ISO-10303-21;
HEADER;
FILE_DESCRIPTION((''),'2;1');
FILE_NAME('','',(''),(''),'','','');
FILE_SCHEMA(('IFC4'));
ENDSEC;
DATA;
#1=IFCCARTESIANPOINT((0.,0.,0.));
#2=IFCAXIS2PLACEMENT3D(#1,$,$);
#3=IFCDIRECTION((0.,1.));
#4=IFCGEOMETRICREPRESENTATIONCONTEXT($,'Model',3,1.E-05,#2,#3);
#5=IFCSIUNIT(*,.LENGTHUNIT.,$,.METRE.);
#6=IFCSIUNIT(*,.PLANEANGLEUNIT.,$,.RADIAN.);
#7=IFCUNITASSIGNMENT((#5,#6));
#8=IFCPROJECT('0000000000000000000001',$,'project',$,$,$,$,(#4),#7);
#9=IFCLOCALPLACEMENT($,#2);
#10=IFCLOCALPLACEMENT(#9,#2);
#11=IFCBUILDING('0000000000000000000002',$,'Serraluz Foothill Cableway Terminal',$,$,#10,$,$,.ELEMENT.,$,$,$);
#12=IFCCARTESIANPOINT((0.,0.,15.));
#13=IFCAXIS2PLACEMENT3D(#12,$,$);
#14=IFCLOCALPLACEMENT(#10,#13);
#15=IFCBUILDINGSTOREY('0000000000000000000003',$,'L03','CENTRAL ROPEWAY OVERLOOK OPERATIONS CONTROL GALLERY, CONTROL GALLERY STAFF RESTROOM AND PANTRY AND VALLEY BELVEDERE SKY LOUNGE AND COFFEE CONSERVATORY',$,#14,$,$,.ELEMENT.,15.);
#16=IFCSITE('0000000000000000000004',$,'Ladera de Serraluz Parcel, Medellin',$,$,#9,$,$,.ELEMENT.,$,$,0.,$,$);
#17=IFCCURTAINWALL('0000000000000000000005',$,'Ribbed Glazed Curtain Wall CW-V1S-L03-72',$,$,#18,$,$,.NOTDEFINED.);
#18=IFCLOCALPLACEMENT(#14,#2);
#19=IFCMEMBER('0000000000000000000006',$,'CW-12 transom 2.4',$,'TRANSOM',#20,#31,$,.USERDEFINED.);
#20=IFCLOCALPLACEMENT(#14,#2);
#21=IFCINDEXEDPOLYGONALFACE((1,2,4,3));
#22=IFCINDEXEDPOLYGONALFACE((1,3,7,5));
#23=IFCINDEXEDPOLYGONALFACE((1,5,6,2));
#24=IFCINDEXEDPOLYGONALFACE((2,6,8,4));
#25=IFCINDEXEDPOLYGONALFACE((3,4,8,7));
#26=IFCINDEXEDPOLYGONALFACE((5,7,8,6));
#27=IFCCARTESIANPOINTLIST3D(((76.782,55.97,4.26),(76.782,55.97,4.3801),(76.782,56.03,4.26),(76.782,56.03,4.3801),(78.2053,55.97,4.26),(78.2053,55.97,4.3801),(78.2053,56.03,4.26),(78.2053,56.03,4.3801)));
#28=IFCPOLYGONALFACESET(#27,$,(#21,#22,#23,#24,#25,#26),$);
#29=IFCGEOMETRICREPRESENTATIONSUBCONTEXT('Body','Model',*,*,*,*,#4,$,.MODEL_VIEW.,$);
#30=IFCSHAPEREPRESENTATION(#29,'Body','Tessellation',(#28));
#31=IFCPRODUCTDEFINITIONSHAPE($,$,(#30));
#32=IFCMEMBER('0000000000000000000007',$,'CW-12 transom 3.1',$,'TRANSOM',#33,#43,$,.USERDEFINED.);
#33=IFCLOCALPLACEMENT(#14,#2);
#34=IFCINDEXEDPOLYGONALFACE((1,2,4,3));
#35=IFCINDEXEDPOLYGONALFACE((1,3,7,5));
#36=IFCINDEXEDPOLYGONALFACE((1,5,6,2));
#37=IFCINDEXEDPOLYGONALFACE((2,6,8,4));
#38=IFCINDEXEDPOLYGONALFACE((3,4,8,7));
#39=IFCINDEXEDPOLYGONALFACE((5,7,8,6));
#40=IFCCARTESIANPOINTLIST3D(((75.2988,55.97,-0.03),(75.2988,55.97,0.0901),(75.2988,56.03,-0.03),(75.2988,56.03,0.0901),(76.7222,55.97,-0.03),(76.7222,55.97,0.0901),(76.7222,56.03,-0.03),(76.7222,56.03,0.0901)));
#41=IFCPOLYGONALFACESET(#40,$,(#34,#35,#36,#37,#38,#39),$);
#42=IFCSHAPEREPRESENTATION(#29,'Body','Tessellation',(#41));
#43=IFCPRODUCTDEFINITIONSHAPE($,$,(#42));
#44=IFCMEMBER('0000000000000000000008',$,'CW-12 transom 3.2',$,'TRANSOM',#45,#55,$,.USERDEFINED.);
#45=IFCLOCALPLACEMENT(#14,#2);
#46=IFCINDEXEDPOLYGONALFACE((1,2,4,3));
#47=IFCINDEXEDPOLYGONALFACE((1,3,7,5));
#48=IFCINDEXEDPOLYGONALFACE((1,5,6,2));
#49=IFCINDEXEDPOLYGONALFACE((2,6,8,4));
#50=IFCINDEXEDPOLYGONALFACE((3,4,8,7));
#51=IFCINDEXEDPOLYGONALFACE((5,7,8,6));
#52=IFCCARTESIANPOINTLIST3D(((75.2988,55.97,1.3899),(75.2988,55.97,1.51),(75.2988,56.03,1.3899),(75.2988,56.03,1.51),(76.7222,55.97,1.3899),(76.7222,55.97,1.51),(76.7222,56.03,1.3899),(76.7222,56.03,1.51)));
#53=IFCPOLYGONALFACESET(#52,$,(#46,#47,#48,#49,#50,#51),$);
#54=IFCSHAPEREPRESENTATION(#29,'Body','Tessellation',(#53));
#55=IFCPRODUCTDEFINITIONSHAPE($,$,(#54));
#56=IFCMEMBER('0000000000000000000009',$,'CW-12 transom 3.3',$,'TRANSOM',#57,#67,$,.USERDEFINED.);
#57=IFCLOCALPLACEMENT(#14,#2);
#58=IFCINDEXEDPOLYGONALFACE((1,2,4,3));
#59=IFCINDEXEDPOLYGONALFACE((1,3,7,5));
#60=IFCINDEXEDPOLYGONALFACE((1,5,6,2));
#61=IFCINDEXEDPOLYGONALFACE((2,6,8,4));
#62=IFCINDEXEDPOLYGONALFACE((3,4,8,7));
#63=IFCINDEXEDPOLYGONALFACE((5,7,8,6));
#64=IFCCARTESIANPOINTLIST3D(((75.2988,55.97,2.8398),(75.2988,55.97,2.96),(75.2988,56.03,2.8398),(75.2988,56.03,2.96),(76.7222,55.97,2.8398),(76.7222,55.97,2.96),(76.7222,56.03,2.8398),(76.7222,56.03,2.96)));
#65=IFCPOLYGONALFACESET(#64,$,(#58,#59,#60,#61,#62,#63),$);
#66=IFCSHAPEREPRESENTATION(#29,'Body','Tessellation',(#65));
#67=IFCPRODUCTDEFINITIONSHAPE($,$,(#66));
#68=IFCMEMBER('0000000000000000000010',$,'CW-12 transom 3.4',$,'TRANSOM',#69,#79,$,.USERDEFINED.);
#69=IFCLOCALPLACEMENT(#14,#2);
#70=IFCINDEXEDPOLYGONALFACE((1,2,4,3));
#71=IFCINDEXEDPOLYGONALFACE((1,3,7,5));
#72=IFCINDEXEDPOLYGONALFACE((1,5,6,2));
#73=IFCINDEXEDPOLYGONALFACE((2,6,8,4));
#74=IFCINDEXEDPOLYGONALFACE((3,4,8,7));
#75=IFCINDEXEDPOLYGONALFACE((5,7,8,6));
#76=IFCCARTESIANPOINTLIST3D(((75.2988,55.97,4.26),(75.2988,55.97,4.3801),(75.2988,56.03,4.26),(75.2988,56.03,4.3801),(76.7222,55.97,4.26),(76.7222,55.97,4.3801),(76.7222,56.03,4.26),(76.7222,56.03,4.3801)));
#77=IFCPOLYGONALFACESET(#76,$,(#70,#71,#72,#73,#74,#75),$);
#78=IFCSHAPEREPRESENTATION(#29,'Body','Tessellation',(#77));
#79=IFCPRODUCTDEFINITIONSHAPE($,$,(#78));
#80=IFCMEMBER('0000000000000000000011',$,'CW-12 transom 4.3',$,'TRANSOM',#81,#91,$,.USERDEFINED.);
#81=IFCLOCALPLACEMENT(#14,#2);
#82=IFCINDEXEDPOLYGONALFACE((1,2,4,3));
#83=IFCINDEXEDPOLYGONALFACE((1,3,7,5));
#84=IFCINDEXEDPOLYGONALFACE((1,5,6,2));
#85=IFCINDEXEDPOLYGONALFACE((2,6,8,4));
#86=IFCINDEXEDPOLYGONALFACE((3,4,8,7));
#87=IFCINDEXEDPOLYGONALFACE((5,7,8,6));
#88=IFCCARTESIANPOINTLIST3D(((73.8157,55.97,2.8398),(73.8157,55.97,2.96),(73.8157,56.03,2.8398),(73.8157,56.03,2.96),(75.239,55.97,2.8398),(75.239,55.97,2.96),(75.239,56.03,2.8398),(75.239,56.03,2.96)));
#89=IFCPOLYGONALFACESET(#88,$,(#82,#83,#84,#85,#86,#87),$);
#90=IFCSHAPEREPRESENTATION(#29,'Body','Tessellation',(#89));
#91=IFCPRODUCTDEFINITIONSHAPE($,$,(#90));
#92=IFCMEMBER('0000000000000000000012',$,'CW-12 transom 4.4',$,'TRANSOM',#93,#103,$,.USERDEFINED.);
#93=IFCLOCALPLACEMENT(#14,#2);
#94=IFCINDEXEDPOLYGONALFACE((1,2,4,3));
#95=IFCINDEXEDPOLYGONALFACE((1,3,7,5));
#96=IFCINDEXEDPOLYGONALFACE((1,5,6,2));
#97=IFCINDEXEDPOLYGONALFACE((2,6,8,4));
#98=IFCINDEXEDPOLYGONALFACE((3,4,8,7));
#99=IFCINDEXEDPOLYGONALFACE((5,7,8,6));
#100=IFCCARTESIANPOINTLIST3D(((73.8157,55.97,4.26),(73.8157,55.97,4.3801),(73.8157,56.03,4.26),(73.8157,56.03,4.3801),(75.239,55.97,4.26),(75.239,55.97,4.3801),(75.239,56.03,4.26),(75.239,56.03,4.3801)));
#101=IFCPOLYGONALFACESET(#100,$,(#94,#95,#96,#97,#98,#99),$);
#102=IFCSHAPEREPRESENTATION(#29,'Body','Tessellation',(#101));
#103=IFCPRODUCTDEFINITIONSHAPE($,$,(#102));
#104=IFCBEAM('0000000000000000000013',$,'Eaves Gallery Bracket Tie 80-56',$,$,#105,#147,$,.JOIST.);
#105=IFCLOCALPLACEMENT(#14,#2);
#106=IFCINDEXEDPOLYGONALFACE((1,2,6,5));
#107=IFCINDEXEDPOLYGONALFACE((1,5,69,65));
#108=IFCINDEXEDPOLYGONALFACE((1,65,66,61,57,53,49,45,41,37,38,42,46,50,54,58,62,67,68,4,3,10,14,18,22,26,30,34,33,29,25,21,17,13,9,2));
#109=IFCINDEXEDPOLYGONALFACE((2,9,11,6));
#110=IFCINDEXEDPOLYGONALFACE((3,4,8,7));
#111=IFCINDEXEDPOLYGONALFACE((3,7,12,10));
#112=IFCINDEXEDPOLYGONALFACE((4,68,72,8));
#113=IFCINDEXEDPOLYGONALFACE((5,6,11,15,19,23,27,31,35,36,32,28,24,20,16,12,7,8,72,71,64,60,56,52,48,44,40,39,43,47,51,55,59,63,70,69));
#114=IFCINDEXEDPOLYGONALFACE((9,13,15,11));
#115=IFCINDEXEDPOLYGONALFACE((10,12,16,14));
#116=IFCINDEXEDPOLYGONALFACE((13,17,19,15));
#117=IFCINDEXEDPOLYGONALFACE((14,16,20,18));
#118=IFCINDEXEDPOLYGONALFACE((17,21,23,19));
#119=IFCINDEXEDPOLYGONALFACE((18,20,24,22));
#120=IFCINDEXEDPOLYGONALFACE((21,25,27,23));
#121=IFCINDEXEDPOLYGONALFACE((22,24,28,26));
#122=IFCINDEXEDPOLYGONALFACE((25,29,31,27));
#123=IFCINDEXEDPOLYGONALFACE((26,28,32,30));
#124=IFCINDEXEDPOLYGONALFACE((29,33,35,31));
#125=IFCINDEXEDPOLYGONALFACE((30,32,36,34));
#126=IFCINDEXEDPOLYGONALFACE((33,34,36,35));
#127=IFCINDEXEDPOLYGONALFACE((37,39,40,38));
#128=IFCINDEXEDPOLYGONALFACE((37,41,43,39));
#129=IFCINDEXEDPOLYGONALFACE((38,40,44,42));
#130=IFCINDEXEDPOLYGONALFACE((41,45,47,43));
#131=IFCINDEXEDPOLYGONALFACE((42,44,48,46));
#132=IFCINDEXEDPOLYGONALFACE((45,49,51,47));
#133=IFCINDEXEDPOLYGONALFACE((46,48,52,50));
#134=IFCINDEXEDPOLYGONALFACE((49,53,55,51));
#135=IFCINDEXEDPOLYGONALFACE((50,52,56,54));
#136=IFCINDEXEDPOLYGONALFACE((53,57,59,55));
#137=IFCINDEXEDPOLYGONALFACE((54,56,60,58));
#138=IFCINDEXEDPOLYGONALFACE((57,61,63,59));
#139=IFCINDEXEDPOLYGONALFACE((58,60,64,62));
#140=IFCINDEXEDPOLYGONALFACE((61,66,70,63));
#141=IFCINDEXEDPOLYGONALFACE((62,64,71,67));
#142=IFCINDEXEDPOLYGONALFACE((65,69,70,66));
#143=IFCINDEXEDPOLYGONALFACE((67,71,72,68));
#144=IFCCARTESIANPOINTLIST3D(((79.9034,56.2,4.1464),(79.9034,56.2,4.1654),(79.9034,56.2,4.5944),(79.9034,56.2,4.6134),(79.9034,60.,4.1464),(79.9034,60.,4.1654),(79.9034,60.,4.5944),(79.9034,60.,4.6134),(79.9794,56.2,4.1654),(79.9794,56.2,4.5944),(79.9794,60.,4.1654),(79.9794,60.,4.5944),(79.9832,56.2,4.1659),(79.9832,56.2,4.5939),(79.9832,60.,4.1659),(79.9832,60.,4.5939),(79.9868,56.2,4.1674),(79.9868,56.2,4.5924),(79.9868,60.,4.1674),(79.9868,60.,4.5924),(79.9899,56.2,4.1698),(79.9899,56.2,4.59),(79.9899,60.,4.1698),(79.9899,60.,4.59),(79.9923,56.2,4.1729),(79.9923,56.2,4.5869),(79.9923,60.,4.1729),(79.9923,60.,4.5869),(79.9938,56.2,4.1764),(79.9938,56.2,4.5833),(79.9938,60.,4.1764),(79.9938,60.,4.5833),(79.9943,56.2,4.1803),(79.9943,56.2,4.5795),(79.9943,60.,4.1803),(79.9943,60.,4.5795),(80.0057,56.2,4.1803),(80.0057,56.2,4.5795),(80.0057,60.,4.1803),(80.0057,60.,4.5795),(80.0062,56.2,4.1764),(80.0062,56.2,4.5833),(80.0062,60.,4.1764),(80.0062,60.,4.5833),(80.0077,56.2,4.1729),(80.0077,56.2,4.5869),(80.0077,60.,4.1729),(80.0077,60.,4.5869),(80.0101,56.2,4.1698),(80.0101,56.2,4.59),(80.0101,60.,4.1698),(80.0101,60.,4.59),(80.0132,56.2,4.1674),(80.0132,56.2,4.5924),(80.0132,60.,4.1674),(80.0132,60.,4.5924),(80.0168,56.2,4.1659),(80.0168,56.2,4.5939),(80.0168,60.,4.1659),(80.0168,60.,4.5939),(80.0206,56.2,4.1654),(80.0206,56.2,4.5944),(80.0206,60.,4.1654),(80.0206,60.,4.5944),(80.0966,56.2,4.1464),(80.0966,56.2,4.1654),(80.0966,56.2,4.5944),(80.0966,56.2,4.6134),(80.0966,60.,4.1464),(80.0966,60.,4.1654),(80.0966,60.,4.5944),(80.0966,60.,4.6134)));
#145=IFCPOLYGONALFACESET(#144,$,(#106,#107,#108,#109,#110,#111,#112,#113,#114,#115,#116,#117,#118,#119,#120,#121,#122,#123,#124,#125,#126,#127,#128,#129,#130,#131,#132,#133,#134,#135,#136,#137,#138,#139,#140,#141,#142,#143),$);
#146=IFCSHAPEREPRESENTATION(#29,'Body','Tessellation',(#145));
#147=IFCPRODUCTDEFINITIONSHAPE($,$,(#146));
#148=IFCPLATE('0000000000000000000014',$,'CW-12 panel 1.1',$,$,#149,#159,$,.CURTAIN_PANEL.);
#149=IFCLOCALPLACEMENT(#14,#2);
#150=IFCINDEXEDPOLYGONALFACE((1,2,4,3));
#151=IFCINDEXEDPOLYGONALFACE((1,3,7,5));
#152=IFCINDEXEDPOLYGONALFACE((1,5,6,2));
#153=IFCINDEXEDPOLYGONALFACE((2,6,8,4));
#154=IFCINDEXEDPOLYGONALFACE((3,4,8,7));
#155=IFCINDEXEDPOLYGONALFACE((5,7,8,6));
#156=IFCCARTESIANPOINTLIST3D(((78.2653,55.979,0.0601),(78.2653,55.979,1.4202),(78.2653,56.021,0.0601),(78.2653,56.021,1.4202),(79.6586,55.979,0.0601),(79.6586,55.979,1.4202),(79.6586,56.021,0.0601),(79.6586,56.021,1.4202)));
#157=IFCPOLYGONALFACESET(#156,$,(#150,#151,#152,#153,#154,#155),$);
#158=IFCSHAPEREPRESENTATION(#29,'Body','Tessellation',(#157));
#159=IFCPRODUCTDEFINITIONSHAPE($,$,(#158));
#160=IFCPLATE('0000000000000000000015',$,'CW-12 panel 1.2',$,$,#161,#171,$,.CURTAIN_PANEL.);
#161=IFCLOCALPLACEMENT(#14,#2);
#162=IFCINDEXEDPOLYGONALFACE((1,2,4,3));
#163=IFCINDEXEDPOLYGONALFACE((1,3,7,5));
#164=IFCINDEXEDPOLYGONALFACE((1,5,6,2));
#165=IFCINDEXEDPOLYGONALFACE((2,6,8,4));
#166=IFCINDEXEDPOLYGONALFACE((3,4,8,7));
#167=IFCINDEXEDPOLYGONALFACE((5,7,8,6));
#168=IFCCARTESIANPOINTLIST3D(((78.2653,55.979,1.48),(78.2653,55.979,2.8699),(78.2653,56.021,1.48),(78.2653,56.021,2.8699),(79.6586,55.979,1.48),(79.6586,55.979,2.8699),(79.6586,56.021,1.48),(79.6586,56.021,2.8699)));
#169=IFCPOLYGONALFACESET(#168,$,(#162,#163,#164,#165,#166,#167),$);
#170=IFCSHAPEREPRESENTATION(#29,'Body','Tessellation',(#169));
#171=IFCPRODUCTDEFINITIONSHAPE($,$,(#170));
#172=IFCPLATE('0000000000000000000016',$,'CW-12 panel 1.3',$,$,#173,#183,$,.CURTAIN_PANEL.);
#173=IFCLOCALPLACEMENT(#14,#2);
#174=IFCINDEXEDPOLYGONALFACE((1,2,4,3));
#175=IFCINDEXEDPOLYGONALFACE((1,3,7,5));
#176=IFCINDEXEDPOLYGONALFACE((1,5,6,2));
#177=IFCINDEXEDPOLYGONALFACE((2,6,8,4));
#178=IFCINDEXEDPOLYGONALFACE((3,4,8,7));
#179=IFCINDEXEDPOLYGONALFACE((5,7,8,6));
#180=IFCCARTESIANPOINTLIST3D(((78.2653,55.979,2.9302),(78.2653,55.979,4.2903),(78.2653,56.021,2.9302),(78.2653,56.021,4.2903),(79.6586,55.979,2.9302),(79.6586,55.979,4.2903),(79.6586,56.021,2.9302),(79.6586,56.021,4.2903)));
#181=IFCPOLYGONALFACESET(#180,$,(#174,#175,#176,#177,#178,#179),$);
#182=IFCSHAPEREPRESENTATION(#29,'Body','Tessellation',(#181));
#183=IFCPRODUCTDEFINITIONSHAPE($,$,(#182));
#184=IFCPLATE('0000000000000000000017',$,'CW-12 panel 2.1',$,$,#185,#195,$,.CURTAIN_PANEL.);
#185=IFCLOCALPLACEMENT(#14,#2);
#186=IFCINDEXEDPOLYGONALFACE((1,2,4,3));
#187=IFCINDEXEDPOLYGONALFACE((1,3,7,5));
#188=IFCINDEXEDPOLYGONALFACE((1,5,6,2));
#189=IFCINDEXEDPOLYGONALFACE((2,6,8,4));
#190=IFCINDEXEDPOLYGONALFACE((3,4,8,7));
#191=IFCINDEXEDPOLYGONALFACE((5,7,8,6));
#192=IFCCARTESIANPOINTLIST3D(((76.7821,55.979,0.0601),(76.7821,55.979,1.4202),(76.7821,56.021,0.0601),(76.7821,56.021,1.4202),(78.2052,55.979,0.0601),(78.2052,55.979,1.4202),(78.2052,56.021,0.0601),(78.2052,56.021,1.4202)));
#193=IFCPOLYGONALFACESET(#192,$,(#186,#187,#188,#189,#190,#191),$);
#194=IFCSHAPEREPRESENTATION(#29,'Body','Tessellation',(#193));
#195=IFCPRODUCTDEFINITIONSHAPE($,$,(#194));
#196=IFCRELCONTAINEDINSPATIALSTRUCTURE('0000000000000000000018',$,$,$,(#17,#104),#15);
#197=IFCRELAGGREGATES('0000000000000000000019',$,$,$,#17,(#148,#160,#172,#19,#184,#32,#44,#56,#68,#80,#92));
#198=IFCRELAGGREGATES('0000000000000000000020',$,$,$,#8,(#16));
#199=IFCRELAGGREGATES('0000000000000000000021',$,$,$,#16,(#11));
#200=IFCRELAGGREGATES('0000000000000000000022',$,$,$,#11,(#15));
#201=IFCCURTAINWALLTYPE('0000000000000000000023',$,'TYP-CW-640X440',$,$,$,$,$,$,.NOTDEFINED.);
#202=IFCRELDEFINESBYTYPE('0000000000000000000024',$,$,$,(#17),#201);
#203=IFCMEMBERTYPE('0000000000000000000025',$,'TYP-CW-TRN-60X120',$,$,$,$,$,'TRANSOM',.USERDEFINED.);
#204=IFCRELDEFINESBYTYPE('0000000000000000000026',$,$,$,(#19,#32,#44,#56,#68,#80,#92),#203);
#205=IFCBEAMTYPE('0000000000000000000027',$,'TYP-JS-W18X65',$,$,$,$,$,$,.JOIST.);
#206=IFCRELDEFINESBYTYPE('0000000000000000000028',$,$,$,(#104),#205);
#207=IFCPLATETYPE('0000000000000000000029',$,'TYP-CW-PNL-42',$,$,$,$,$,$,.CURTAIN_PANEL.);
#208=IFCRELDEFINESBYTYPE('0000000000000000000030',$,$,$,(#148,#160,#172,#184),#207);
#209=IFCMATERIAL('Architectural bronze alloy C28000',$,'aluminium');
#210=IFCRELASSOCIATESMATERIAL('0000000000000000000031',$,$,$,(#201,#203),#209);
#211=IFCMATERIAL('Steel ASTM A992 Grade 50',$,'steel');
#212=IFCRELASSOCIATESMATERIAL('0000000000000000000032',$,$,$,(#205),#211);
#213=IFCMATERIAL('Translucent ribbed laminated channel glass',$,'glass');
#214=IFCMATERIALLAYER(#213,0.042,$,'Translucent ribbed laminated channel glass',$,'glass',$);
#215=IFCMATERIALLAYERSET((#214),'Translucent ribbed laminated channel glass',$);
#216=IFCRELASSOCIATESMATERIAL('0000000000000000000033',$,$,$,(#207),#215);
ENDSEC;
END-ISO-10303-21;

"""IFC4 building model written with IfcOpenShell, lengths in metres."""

from ifc_helpers import new_model, si_unit, direction, frame, origin, origin_2d, place, context, subcontext, project, spatial, rectangle, i_section, extrude, material, layer, layer_set, material_profile, profile_set, type_object, element, aggregate, save


model = new_model("IFC4")

# Units and contexts
model_context = context("Model", 3, precision=1e-05, world=origin(), true_north=direction((0.0, 1.0)))
body_context = subcontext(model_context, "Body", "Model", "MODEL_VIEW")
ifc_project = project(units=[si_unit("LENGTHUNIT", "METRE"), si_unit("PLANEANGLEUNIT", "RADIAN")], contexts=[model_context])

# Site, building, storey
site_placement = place(None, origin())
site = spatial("IfcSite", under=ifc_project, at=site_placement, Name="Ladera de Serraluz Parcel, Medellin", CompositionType="ELEMENT", RefElevation=0.0)
building_placement = place(site_placement, origin())
building = spatial("IfcBuilding", under=site, at=building_placement, Name="Serraluz Foothill Cableway Terminal", CompositionType="ELEMENT")
storey_placement = place(building_placement, frame((0.0, 0.0, 15.0)))
storey = spatial("IfcBuildingStorey", under=building, at=storey_placement, Name="L03", Description="CENTRAL ROPEWAY OVERLOOK OPERATIONS CONTROL GALLERY, CONTROL GALLERY STAFF RESTROOM AND PANTRY AND VALLEY BELVEDERE SKY LOUNGE AND COFFEE CONSERVATORY", CompositionType="ELEMENT", Elevation=15.0)

# Shared definitions
ifc_material_1 = material(Name="Steel ASTM A992 Grade 50", Category="steel")

# Curtain wall, members
ifc_material_2 = material(Name="Architectural bronze alloy C28000", Category="aluminium")
curtain_wall_type = type_object("IfcCurtainWallType", Name="TYP-CW-640X440", PredefinedType="NOTDEFINED", material=ifc_material_2)
curtain_wall_placement = place(storey_placement, origin())
curtain_wall = element("IfcCurtainWall", 1, at=curtain_wall_placement, inside=storey, type_object=curtain_wall_type, Name="Ribbed Glazed Curtain Wall CW-V1S-L03-72", PredefinedType="NOTDEFINED")
ifc_material_profile_1 = material_profile(ifc_material_2, rectangle(XDim=0.0601, YDim=0.1201, at=origin_2d()), Name="ALU TRANSOM 60x120")
ifc_profile_set_1 = profile_set([ifc_material_profile_1], Name="Architectural bronze alloy C28000")
member_type_1 = type_object("IfcMemberType", Name="TYP-CW-TRN-60X120", ElementType="TRANSOM", PredefinedType="USERDEFINED", material=ifc_profile_set_1)
member_1_placement = place(storey_placement, frame((78.2053, 56.0, 4.3201), z_axis=(-1.0, 0.0, 0.0), x_axis=(0.0, -1.0, 0.0)))
member_1 = element("IfcMember", 2, at=member_1_placement, type_object=member_type_1, Name="CW-12 transom 2.4", ObjectType="TRANSOM", PredefinedType="USERDEFINED", context=body_context, shape_type="SweptSolid", body=[
    extrude(rectangle(XDim=0.0601, YDim=0.1201, at=origin_2d()), origin(), (0.0, 0.0, 1.0), 1.4233),
])
member_2_placement = place(storey_placement, frame((76.7222, 56.0, 0.03), z_axis=(-1.0, 0.0, 0.0), x_axis=(0.0, -1.0, 0.0)))
member_2 = element("IfcMember", 3, at=member_2_placement, type_object=member_type_1, Name="CW-12 transom 3.1", ObjectType="TRANSOM", PredefinedType="USERDEFINED", context=body_context, shape_type="SweptSolid", body=[
    extrude(rectangle(XDim=0.0601, YDim=0.1201, at=origin_2d()), origin(), (0.0, 0.0, 1.0), 1.4233),
])
member_3_placement = place(storey_placement, frame((76.7222, 56.0, 1.45), z_axis=(-1.0, 0.0, 0.0), x_axis=(0.0, -1.0, 0.0)))
member_3 = element("IfcMember", 4, at=member_3_placement, type_object=member_type_1, Name="CW-12 transom 3.2", ObjectType="TRANSOM", PredefinedType="USERDEFINED", context=body_context, shape_type="SweptSolid", body=[
    extrude(rectangle(XDim=0.0601, YDim=0.1201, at=origin_2d()), origin(), (0.0, 0.0, 1.0), 1.4233),
])
member_4_placement = place(storey_placement, frame((76.7222, 56.0, 2.8999), z_axis=(-1.0, 0.0, 0.0), x_axis=(0.0, -1.0, 0.0)))
member_4 = element("IfcMember", 5, at=member_4_placement, type_object=member_type_1, Name="CW-12 transom 3.3", ObjectType="TRANSOM", PredefinedType="USERDEFINED", context=body_context, shape_type="SweptSolid", body=[
    extrude(rectangle(XDim=0.0601, YDim=0.1201, at=origin_2d()), origin(), (0.0, 0.0, 1.0), 1.4233),
])
member_5_placement = place(storey_placement, frame((76.7222, 56.0, 4.3201), z_axis=(-1.0, 0.0, 0.0), x_axis=(0.0, -1.0, 0.0)))
member_5 = element("IfcMember", 6, at=member_5_placement, type_object=member_type_1, Name="CW-12 transom 3.4", ObjectType="TRANSOM", PredefinedType="USERDEFINED", context=body_context, shape_type="SweptSolid", body=[
    extrude(rectangle(XDim=0.0601, YDim=0.1201, at=origin_2d()), origin(), (0.0, 0.0, 1.0), 1.4233),
])
member_6_placement = place(storey_placement, frame((75.239, 56.0, 2.8999), z_axis=(-1.0, 0.0, 0.0), x_axis=(0.0, -1.0, 0.0)))
member_6 = element("IfcMember", 7, at=member_6_placement, type_object=member_type_1, Name="CW-12 transom 4.3", ObjectType="TRANSOM", PredefinedType="USERDEFINED", context=body_context, shape_type="SweptSolid", body=[
    extrude(rectangle(XDim=0.0601, YDim=0.1201, at=origin_2d()), origin(), (0.0, 0.0, 1.0), 1.4233),
])
member_7_placement = place(storey_placement, frame((75.239, 56.0, 4.3201), z_axis=(-1.0, 0.0, 0.0), x_axis=(0.0, -1.0, 0.0)))
member_7 = element("IfcMember", 8, at=member_7_placement, type_object=member_type_1, Name="CW-12 transom 4.4", ObjectType="TRANSOM", PredefinedType="USERDEFINED", context=body_context, shape_type="SweptSolid", body=[
    extrude(rectangle(XDim=0.0601, YDim=0.1201, at=origin_2d()), origin(), (0.0, 0.0, 1.0), 1.4233),
])

# Beam
ifc_material_profile_2 = material_profile(ifc_material_1, i_section(OverallWidth=0.1931, OverallDepth=0.467, WebThickness=0.0115, FlangeThickness=0.019, FilletRadius=0.0149, at=origin_2d()), Name="W18X65")
ifc_profile_set_2 = profile_set([ifc_material_profile_2], Name="Steel ASTM A992 Grade 50")
beam_type = type_object("IfcBeamType", Name="TYP-JS-W18X65", PredefinedType="JOIST", material=ifc_profile_set_2)
beam_placement = place(storey_placement, frame((80.0, 56.2, 4.3799), z_axis=(0.0, 1.0, 0.0), x_axis=(-1.0, 0.0, 0.0)))
element("IfcBeam", 9, at=beam_placement, inside=storey, type_object=beam_type, Name="Eaves Gallery Bracket Tie 80-56", PredefinedType="JOIST", context=body_context, shape_type="SweptSolid", body=[
    extrude(i_section(OverallWidth=0.1931, OverallDepth=0.467, WebThickness=0.0115, FlangeThickness=0.019, FilletRadius=0.0149, at=origin_2d()), origin(), (0.0, 0.0, 1.0), 3.8),
])

# Plates
ifc_material_3 = material(Name="Translucent ribbed laminated channel glass", Category="glass")
ifc_layer_1 = layer(ifc_material_3, 0.042, Name="Translucent ribbed laminated channel glass", Category="glass")
ifc_layer_set_1 = layer_set([ifc_layer_1], Name="Translucent ribbed laminated channel glass")
plate_type = type_object("IfcPlateType", Name="TYP-CW-PNL-42", PredefinedType="CURTAIN_PANEL", material=ifc_layer_set_1)
plate_1_placement = place(storey_placement, frame((78.9619, 56.0, 0.0601), z_axis=(0.0, 0.0, 1.0), x_axis=(-1.0, 0.0, 0.0)))
plate_1 = element("IfcPlate", 10, at=plate_1_placement, type_object=plate_type, Name="CW-12 panel 1.1", PredefinedType="CURTAIN_PANEL", context=body_context, shape_type="SweptSolid", body=[
    extrude(rectangle(XDim=1.3933, YDim=0.042, at=origin_2d()), origin(), (0.0, 0.0, 1.0), 1.3601),
])
plate_2_placement = place(storey_placement, frame((78.9619, 56.0, 1.48), z_axis=(0.0, 0.0, 1.0), x_axis=(-1.0, 0.0, 0.0)))
plate_2 = element("IfcPlate", 11, at=plate_2_placement, type_object=plate_type, Name="CW-12 panel 1.2", PredefinedType="CURTAIN_PANEL", context=body_context, shape_type="SweptSolid", body=[
    extrude(rectangle(XDim=1.3933, YDim=0.042, at=origin_2d()), origin(), (0.0, 0.0, 1.0), 1.3899),
])
plate_3_placement = place(storey_placement, frame((78.9619, 56.0, 2.9302), z_axis=(0.0, 0.0, 1.0), x_axis=(-1.0, 0.0, 0.0)))
plate_3 = element("IfcPlate", 12, at=plate_3_placement, type_object=plate_type, Name="CW-12 panel 1.3", PredefinedType="CURTAIN_PANEL", context=body_context, shape_type="SweptSolid", body=[
    extrude(rectangle(XDim=1.3933, YDim=0.042, at=origin_2d()), origin(), (0.0, 0.0, 1.0), 1.3601),
])
plate_4_placement = place(storey_placement, frame((77.4937, 56.0, 0.0601), z_axis=(0.0, 0.0, 1.0), x_axis=(-1.0, 0.0, 0.0)))
plate_4 = element("IfcPlate", 13, at=plate_4_placement, type_object=plate_type, Name="CW-12 panel 2.1", PredefinedType="CURTAIN_PANEL", context=body_context, shape_type="SweptSolid", body=[
    extrude(rectangle(XDim=1.4231, YDim=0.042, at=origin_2d()), origin(), (0.0, 0.0, 1.0), 1.3601),
])
aggregate(curtain_wall, [plate_1, plate_2, plate_3, member_1, plate_4, member_2, member_3, member_4, member_5, member_6, member_7])

save(model, "model.ifc")
